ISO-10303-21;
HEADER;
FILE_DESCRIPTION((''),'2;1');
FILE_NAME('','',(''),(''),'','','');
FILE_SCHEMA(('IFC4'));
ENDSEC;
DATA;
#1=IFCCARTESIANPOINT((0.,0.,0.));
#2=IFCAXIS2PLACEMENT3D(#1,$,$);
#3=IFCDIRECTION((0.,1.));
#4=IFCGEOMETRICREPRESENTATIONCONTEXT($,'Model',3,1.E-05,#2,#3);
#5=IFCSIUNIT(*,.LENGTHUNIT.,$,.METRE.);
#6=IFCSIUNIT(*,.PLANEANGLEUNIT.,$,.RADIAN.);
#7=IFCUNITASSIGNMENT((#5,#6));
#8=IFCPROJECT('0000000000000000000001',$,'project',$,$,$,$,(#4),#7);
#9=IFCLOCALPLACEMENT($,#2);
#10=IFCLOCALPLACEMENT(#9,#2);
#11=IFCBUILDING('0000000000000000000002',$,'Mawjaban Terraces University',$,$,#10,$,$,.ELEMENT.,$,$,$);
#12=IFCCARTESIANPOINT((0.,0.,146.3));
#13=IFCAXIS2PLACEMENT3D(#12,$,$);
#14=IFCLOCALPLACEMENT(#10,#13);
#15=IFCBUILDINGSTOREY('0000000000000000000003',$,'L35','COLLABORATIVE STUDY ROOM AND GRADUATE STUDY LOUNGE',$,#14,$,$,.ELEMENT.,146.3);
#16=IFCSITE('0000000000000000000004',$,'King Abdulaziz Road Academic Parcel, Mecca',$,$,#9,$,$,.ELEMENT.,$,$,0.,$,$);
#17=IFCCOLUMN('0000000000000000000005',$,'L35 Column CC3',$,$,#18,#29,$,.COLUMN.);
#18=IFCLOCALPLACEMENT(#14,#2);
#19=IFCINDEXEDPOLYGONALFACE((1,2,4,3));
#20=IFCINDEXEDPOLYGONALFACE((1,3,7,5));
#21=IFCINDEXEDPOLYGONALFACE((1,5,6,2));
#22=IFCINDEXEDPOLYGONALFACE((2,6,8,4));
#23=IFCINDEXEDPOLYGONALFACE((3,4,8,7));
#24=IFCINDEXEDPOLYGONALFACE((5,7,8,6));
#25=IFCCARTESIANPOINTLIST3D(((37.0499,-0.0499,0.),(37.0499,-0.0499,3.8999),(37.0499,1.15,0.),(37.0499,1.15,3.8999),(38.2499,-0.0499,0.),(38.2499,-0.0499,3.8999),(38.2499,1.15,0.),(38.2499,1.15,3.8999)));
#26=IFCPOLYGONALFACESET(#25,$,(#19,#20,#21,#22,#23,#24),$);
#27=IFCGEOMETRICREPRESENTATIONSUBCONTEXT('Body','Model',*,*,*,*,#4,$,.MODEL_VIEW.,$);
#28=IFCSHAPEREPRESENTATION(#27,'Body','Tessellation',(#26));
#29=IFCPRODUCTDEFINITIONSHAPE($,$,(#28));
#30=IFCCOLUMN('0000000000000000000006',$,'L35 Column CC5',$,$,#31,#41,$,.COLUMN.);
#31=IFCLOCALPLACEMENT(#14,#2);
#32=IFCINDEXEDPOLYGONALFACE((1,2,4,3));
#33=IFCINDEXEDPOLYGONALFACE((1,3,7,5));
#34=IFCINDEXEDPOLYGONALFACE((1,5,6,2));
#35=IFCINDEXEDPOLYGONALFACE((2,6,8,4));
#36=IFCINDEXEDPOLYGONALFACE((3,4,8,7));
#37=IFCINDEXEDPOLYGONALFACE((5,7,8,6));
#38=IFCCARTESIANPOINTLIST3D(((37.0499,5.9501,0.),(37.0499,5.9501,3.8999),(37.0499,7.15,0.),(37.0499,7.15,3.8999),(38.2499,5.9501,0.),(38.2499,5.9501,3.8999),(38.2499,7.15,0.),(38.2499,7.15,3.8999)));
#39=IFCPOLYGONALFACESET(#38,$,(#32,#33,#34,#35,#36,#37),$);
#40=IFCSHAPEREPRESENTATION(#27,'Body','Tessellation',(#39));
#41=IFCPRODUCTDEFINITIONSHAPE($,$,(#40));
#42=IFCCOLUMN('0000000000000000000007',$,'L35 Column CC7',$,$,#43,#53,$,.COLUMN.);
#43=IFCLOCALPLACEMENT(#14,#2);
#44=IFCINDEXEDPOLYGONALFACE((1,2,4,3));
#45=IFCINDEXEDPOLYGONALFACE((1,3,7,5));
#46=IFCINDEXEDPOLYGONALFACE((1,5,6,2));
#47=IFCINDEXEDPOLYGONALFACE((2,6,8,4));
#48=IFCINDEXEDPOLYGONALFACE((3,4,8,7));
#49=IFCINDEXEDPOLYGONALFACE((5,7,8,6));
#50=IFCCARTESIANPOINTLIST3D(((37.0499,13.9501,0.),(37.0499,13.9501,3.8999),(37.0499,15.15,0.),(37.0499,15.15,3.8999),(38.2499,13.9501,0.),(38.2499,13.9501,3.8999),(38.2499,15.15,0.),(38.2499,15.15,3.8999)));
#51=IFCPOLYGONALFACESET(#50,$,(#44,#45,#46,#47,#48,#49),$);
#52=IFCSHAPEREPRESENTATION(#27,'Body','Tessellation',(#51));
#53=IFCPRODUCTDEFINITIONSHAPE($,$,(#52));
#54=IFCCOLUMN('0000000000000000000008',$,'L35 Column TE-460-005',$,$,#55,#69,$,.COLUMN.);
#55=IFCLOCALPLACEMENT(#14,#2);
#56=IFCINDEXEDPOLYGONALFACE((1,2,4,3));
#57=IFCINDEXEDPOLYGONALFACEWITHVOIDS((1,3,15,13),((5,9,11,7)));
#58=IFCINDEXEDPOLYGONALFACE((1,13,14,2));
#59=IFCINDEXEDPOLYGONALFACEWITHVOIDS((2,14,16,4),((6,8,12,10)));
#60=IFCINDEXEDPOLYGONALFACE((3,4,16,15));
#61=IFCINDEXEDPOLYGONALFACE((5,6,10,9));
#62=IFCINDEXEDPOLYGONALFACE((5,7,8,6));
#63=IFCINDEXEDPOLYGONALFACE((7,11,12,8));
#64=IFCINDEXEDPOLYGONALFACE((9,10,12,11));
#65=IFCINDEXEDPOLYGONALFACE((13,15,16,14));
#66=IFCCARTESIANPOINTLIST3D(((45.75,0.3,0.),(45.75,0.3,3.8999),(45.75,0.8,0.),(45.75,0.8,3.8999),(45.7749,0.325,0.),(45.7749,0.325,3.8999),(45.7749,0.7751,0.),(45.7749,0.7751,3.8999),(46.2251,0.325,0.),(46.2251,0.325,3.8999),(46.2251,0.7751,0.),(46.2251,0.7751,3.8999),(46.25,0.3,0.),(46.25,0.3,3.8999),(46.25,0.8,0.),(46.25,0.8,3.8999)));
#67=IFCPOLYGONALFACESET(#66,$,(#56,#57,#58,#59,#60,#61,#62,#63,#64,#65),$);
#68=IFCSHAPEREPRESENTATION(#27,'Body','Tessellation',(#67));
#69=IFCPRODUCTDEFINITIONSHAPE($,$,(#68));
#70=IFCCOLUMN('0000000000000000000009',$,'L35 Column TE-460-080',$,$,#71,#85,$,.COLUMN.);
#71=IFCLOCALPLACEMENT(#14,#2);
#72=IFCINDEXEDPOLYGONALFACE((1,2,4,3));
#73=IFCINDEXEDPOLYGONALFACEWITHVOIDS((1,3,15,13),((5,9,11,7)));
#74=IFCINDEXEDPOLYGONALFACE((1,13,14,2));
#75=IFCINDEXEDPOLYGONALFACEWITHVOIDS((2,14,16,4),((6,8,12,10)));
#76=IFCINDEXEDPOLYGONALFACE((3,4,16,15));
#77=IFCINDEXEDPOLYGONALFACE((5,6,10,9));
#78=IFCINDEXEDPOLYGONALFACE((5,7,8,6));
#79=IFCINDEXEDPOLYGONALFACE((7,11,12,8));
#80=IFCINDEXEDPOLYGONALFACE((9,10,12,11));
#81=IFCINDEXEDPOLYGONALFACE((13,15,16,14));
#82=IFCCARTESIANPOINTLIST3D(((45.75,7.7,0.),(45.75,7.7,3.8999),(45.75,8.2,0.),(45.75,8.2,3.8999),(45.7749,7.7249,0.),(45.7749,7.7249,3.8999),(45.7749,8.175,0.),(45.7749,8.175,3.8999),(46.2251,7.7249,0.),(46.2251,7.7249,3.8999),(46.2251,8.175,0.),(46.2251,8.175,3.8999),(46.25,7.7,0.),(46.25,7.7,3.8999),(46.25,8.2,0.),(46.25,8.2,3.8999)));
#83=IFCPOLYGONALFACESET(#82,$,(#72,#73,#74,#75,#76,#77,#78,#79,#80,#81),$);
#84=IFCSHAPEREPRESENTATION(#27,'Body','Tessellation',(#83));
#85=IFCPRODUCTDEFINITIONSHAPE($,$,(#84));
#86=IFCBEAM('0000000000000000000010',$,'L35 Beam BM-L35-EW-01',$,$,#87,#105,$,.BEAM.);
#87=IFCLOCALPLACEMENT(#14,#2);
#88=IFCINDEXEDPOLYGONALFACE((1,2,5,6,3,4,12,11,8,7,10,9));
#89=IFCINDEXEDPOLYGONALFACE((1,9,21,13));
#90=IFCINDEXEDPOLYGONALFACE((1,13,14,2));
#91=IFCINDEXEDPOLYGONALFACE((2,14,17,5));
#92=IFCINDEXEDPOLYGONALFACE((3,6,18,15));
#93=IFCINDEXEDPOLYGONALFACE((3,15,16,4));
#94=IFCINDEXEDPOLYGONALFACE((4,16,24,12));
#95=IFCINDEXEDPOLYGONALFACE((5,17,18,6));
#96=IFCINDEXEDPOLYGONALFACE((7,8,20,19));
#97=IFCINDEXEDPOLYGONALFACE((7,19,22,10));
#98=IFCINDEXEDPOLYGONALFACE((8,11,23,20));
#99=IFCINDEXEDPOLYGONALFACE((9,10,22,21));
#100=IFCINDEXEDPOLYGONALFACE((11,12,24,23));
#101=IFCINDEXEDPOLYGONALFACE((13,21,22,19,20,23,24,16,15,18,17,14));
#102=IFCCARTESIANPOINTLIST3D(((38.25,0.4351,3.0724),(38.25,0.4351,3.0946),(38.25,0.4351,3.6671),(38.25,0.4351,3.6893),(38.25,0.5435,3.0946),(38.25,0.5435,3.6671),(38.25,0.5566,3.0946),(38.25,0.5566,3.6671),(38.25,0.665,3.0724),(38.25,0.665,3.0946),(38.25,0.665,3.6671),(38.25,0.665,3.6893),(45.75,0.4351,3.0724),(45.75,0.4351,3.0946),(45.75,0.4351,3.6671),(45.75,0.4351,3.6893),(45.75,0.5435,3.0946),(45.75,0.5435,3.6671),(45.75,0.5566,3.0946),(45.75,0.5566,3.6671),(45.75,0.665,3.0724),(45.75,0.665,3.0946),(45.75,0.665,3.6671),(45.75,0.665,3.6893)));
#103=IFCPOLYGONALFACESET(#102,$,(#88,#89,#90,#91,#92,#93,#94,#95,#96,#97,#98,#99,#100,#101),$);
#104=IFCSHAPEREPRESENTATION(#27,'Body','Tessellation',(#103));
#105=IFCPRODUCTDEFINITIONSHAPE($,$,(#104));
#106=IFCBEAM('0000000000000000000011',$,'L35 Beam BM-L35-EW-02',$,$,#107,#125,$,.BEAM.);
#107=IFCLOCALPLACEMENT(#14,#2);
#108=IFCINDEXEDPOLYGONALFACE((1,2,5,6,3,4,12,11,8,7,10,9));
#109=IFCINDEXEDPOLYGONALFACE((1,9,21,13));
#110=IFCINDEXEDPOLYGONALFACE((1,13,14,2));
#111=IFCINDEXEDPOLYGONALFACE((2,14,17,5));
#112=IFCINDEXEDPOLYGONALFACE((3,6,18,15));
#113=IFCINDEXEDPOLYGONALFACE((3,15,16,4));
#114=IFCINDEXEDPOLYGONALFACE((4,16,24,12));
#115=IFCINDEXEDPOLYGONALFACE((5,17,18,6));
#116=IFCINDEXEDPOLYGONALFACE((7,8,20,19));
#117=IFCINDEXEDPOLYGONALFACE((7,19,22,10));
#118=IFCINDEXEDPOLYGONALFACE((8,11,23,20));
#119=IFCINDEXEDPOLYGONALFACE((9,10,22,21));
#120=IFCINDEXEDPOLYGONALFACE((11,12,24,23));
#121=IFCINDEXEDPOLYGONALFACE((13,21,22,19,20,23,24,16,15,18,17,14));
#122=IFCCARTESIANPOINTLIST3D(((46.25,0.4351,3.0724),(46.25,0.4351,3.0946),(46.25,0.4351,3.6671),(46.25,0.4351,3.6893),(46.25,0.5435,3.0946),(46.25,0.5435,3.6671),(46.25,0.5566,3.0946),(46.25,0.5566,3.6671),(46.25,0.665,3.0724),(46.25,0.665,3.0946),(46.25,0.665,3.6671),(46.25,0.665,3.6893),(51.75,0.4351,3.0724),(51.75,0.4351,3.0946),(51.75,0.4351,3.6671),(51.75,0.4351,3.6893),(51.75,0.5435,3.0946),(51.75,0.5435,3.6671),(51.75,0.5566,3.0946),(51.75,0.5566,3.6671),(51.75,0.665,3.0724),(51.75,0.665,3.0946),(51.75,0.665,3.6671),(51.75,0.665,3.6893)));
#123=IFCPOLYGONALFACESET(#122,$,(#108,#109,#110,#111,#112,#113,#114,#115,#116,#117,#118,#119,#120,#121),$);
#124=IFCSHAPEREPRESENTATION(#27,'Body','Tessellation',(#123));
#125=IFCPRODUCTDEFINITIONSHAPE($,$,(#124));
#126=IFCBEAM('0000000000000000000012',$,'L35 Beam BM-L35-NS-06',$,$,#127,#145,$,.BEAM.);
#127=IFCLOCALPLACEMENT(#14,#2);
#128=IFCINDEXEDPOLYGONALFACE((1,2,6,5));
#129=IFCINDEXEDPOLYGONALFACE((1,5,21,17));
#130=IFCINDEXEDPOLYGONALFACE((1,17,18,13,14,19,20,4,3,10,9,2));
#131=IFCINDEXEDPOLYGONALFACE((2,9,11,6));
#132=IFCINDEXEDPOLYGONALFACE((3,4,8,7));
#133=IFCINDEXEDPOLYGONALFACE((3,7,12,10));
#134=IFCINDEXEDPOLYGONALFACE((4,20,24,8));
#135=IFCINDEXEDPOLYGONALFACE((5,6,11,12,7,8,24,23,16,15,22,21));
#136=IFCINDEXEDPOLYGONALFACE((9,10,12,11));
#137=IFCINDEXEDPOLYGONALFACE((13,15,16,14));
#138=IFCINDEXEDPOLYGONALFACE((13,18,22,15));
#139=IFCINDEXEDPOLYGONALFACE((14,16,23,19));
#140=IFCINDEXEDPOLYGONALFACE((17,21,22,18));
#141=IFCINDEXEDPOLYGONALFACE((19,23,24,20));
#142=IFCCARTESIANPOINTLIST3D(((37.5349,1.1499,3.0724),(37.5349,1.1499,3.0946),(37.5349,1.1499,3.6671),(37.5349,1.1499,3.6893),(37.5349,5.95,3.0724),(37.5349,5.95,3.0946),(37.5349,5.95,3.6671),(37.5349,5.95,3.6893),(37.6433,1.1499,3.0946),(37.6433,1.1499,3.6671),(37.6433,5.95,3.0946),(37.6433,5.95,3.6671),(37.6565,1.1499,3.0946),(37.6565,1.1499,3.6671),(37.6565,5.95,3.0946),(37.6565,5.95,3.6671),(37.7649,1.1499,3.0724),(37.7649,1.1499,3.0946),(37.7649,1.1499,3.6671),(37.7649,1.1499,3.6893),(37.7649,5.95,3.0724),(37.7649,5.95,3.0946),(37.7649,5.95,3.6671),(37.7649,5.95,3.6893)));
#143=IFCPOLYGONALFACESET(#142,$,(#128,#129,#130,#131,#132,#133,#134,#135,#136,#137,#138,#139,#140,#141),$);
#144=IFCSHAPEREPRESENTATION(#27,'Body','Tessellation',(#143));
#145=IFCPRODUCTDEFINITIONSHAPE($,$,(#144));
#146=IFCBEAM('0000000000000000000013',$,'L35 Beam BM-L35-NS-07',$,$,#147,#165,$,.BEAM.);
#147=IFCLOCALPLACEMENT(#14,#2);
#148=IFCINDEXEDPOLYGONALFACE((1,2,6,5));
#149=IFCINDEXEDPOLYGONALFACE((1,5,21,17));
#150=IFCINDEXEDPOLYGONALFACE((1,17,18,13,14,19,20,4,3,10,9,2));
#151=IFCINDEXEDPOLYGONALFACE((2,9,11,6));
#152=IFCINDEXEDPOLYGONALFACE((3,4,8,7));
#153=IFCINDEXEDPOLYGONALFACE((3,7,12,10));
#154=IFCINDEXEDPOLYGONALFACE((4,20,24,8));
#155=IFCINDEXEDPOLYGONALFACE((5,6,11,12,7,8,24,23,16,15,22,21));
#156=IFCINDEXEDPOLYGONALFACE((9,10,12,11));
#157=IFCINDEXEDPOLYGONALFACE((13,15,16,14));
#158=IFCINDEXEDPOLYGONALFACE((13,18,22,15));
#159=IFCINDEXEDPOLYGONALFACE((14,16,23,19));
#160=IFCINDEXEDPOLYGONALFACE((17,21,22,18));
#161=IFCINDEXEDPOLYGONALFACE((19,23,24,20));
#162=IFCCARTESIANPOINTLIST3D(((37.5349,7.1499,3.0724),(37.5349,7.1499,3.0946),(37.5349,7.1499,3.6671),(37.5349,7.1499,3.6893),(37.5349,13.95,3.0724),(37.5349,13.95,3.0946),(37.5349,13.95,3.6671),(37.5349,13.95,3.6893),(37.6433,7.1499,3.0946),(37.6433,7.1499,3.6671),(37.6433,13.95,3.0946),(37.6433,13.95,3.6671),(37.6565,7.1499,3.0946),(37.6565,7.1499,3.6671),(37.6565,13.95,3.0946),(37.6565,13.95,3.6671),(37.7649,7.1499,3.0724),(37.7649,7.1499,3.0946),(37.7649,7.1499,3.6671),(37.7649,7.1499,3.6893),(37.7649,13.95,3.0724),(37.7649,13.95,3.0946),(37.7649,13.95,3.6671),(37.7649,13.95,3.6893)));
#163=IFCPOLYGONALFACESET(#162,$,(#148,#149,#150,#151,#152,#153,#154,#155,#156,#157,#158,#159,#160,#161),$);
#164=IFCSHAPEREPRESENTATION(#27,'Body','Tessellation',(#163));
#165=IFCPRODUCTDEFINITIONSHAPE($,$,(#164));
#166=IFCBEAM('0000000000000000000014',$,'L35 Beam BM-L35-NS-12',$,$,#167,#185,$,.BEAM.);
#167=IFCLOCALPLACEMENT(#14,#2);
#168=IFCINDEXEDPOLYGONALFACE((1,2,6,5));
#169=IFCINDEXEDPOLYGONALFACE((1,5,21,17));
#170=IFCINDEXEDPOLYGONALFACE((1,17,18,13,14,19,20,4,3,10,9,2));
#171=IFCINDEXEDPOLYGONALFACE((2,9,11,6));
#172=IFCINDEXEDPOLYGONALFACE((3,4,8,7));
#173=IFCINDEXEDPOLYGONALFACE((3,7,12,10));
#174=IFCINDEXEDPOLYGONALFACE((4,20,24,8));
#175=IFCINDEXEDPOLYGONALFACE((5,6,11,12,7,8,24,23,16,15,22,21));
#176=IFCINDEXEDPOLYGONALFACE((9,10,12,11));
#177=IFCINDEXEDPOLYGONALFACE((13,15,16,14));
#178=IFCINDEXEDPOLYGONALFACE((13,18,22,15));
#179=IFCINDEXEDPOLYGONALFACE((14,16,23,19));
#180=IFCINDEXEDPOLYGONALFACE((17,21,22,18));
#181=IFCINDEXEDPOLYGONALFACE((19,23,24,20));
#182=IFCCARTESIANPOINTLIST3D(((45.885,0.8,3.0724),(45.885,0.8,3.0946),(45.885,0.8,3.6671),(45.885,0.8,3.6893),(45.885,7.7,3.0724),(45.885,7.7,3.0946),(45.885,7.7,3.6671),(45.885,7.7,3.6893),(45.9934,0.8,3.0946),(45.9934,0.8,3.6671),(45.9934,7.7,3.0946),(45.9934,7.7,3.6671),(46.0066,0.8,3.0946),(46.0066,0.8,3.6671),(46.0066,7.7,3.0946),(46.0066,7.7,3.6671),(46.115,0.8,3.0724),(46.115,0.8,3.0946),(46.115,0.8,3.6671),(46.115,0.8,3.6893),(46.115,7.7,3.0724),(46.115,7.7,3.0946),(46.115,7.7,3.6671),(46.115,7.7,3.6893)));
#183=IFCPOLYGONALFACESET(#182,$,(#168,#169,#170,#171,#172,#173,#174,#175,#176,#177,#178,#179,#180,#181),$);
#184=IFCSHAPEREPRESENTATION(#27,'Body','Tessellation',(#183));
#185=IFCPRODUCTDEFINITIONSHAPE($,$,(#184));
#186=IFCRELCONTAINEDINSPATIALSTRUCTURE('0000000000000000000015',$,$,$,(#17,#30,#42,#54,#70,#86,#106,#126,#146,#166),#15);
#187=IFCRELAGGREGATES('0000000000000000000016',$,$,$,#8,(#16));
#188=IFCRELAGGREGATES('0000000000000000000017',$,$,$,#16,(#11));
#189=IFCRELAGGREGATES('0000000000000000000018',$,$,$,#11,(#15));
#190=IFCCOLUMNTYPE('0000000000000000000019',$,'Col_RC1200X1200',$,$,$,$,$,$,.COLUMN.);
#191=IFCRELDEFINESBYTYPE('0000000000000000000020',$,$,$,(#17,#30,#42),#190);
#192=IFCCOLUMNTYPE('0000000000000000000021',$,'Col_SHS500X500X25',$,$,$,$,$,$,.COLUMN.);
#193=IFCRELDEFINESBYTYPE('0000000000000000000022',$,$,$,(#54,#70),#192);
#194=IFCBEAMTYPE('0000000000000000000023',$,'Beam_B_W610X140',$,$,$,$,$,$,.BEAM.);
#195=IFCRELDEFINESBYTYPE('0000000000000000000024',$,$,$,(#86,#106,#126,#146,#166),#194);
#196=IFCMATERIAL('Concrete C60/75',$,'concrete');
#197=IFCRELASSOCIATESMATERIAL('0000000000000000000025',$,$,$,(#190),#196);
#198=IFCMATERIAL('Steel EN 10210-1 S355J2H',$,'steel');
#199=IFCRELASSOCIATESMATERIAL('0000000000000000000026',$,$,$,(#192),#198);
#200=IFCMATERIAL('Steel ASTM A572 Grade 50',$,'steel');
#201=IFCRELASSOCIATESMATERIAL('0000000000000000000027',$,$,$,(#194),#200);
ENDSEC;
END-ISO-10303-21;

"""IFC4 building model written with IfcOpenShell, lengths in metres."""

from ifc_helpers import new_model, si_unit, direction, frame, origin, origin_2d, place, context, subcontext, project, spatial, rectangle, hollow_rectangle, i_section, extrude, material, material_profile, profile_set, type_object, element, save


model = new_model("IFC4")

# Units and contexts
model_context = context("Model", 3, precision=1e-05, world=origin(), true_north=direction((0.0, 1.0)))
body_context = subcontext(model_context, "Body", "Model", "MODEL_VIEW")
ifc_project = project(units=[si_unit("LENGTHUNIT", "METRE"), si_unit("PLANEANGLEUNIT", "RADIAN")], contexts=[model_context])

# Site, building, storey
site_placement = place(None, origin())
site = spatial("IfcSite", under=ifc_project, at=site_placement, Name="King Abdulaziz Road Academic Parcel, Mecca", CompositionType="ELEMENT", RefElevation=0.0)
building_placement = place(site_placement, origin())
building = spatial("IfcBuilding", under=site, at=building_placement, Name="Mawjaban Terraces University", CompositionType="ELEMENT")
storey_placement = place(building_placement, frame((0.0, 0.0, 146.3)))
storey = spatial("IfcBuildingStorey", under=building, at=storey_placement, Name="L35", Description="COLLABORATIVE STUDY ROOM AND GRADUATE STUDY LOUNGE", CompositionType="ELEMENT", Elevation=146.3)

# Columns
ifc_material_1 = material(Name="Concrete C60/75", Category="concrete")
ifc_material_profile_1 = material_profile(ifc_material_1, rectangle(XDim=1.2, YDim=1.2, at=origin_2d()), Name="RC1200X1200")
ifc_profile_set_1 = profile_set([ifc_material_profile_1], Name="Concrete C60/75")
column_type_1 = type_object("IfcColumnType", Name="Col_RC1200X1200", PredefinedType="COLUMN", material=ifc_profile_set_1)
for number, where, z_axis, x_axis, name in (
    (1, (37.6499, 0.55, 0.0), (0.0, 0.0, 1.0), (1.0, 0.0, 0.0), "L35 Column CC3"),
    (2, (37.6499, 6.55, 0.0), (0.0, 0.0, 1.0), (1.0, 0.0, 0.0), "L35 Column CC5"),
    (3, (37.6499, 14.55, 0.0), (0.0, 0.0, 1.0), (1.0, 0.0, 0.0), "L35 Column CC7"),
):
    element("IfcColumn", number, at=place(storey_placement, frame(where, z_axis=z_axis, x_axis=x_axis)), inside=storey, type_object=column_type_1, Name=name, PredefinedType="COLUMN", context=body_context, shape_type="SweptSolid", body=[
        extrude(rectangle(XDim=1.2, YDim=1.2, at=origin_2d()), origin(), (0.0, 0.0, 1.0), 3.8999),
    ])
ifc_material_2 = material(Name="Steel EN 10210-1 S355J2H", Category="steel")
ifc_material_profile_2 = material_profile(ifc_material_2, hollow_rectangle(XDim=0.5, YDim=0.5, WallThickness=0.0249, at=origin_2d()), Name="SHS500X500X25")
ifc_profile_set_2 = profile_set([ifc_material_profile_2], Name="Steel EN 10210-1 S355J2H")
column_type_2 = type_object("IfcColumnType", Name="Col_SHS500X500X25", PredefinedType="COLUMN", material=ifc_profile_set_2)
for number, where, z_axis, x_axis, name in (
    (4, (46.0, 0.55, 0.0), (0.0, 0.0, 1.0), (1.0, 0.0, 0.0), "L35 Column TE-460-005"),
    (5, (46.0, 7.95, 0.0), (0.0, 0.0, 1.0), (1.0, 0.0, 0.0), "L35 Column TE-460-080"),
):
    element("IfcColumn", number, at=place(storey_placement, frame(where, z_axis=z_axis, x_axis=x_axis)), inside=storey, type_object=column_type_2, Name=name, PredefinedType="COLUMN", context=body_context, shape_type="SweptSolid", body=[
        extrude(hollow_rectangle(XDim=0.5, YDim=0.5, WallThickness=0.0249, at=origin_2d()), origin(), (0.0, 0.0, 1.0), 3.8999),
    ])

# Beams
ifc_material_3 = material(Name="Steel ASTM A572 Grade 50", Category="steel")
ifc_material_profile_3 = material_profile(ifc_material_3, i_section(OverallWidth=0.23, OverallDepth=0.6169, WebThickness=0.0132, FlangeThickness=0.0222, at=origin_2d()), Name="W610X140")
ifc_profile_set_3 = profile_set([ifc_material_profile_3], Name="Steel ASTM A572 Grade 50")
beam_type_1 = type_object("IfcBeamType", Name="Beam_B_W610X140", PredefinedType="BEAM", material=ifc_profile_set_3)
beam_1_placement = place(storey_placement, frame((38.25, 0.55, 3.3809), z_axis=(1.0, 0.0, 0.0), x_axis=(0.0, 1.0, 0.0)))
element("IfcBeam", 6, at=beam_1_placement, inside=storey, type_object=beam_type_1, Name="L35 Beam BM-L35-EW-01", PredefinedType="BEAM", context=body_context, shape_type="SweptSolid", body=[
    extrude(i_section(OverallWidth=0.23, OverallDepth=0.6169, WebThickness=0.0132, FlangeThickness=0.0222, at=origin_2d()), origin(), (0.0, 0.0, 1.0), 7.5),
])
beam_2_placement = place(storey_placement, frame((46.25, 0.55, 3.3809), z_axis=(1.0, 0.0, 0.0), x_axis=(0.0, 1.0, 0.0)))
element("IfcBeam", 7, at=beam_2_placement, inside=storey, type_object=beam_type_1, Name="L35 Beam BM-L35-EW-02", PredefinedType="BEAM", context=body_context, shape_type="SweptSolid", body=[
    extrude(i_section(OverallWidth=0.23, OverallDepth=0.6169, WebThickness=0.0132, FlangeThickness=0.0222, at=origin_2d()), origin(), (0.0, 0.0, 1.0), 5.5),
])
beam_3_placement = place(storey_placement, frame((37.6499, 1.1499, 3.3809), z_axis=(0.0, 1.0, 0.0), x_axis=(-1.0, 0.0, 0.0)))
element("IfcBeam", 8, at=beam_3_placement, inside=storey, type_object=beam_type_1, Name="L35 Beam BM-L35-NS-06", PredefinedType="BEAM", context=body_context, shape_type="SweptSolid", body=[
    extrude(i_section(OverallWidth=0.23, OverallDepth=0.6169, WebThickness=0.0132, FlangeThickness=0.0222, at=origin_2d()), origin(), (0.0, 0.0, 1.0), 4.8),
])
beam_4_placement = place(storey_placement, frame((37.6499, 7.1499, 3.3809), z_axis=(0.0, 1.0, 0.0), x_axis=(-1.0, 0.0, 0.0)))
element("IfcBeam", 9, at=beam_4_placement, inside=storey, type_object=beam_type_1, Name="L35 Beam BM-L35-NS-07", PredefinedType="BEAM", context=body_context, shape_type="SweptSolid", body=[
    extrude(i_section(OverallWidth=0.23, OverallDepth=0.6169, WebThickness=0.0132, FlangeThickness=0.0222, at=origin_2d()), origin(), (0.0, 0.0, 1.0), 6.8),
])
beam_5_placement = place(storey_placement, frame((46.0, 0.8, 3.3809), z_axis=(0.0, 1.0, 0.0), x_axis=(-1.0, 0.0, 0.0)))
element("IfcBeam", 10, at=beam_5_placement, inside=storey, type_object=beam_type_1, Name="L35 Beam BM-L35-NS-12", PredefinedType="BEAM", context=body_context, shape_type="SweptSolid", body=[
    extrude(i_section(OverallWidth=0.23, OverallDepth=0.6169, WebThickness=0.0132, FlangeThickness=0.0222, at=origin_2d()), origin(), (0.0, 0.0, 1.0), 6.8999),
])

save(model, "model.ifc")
